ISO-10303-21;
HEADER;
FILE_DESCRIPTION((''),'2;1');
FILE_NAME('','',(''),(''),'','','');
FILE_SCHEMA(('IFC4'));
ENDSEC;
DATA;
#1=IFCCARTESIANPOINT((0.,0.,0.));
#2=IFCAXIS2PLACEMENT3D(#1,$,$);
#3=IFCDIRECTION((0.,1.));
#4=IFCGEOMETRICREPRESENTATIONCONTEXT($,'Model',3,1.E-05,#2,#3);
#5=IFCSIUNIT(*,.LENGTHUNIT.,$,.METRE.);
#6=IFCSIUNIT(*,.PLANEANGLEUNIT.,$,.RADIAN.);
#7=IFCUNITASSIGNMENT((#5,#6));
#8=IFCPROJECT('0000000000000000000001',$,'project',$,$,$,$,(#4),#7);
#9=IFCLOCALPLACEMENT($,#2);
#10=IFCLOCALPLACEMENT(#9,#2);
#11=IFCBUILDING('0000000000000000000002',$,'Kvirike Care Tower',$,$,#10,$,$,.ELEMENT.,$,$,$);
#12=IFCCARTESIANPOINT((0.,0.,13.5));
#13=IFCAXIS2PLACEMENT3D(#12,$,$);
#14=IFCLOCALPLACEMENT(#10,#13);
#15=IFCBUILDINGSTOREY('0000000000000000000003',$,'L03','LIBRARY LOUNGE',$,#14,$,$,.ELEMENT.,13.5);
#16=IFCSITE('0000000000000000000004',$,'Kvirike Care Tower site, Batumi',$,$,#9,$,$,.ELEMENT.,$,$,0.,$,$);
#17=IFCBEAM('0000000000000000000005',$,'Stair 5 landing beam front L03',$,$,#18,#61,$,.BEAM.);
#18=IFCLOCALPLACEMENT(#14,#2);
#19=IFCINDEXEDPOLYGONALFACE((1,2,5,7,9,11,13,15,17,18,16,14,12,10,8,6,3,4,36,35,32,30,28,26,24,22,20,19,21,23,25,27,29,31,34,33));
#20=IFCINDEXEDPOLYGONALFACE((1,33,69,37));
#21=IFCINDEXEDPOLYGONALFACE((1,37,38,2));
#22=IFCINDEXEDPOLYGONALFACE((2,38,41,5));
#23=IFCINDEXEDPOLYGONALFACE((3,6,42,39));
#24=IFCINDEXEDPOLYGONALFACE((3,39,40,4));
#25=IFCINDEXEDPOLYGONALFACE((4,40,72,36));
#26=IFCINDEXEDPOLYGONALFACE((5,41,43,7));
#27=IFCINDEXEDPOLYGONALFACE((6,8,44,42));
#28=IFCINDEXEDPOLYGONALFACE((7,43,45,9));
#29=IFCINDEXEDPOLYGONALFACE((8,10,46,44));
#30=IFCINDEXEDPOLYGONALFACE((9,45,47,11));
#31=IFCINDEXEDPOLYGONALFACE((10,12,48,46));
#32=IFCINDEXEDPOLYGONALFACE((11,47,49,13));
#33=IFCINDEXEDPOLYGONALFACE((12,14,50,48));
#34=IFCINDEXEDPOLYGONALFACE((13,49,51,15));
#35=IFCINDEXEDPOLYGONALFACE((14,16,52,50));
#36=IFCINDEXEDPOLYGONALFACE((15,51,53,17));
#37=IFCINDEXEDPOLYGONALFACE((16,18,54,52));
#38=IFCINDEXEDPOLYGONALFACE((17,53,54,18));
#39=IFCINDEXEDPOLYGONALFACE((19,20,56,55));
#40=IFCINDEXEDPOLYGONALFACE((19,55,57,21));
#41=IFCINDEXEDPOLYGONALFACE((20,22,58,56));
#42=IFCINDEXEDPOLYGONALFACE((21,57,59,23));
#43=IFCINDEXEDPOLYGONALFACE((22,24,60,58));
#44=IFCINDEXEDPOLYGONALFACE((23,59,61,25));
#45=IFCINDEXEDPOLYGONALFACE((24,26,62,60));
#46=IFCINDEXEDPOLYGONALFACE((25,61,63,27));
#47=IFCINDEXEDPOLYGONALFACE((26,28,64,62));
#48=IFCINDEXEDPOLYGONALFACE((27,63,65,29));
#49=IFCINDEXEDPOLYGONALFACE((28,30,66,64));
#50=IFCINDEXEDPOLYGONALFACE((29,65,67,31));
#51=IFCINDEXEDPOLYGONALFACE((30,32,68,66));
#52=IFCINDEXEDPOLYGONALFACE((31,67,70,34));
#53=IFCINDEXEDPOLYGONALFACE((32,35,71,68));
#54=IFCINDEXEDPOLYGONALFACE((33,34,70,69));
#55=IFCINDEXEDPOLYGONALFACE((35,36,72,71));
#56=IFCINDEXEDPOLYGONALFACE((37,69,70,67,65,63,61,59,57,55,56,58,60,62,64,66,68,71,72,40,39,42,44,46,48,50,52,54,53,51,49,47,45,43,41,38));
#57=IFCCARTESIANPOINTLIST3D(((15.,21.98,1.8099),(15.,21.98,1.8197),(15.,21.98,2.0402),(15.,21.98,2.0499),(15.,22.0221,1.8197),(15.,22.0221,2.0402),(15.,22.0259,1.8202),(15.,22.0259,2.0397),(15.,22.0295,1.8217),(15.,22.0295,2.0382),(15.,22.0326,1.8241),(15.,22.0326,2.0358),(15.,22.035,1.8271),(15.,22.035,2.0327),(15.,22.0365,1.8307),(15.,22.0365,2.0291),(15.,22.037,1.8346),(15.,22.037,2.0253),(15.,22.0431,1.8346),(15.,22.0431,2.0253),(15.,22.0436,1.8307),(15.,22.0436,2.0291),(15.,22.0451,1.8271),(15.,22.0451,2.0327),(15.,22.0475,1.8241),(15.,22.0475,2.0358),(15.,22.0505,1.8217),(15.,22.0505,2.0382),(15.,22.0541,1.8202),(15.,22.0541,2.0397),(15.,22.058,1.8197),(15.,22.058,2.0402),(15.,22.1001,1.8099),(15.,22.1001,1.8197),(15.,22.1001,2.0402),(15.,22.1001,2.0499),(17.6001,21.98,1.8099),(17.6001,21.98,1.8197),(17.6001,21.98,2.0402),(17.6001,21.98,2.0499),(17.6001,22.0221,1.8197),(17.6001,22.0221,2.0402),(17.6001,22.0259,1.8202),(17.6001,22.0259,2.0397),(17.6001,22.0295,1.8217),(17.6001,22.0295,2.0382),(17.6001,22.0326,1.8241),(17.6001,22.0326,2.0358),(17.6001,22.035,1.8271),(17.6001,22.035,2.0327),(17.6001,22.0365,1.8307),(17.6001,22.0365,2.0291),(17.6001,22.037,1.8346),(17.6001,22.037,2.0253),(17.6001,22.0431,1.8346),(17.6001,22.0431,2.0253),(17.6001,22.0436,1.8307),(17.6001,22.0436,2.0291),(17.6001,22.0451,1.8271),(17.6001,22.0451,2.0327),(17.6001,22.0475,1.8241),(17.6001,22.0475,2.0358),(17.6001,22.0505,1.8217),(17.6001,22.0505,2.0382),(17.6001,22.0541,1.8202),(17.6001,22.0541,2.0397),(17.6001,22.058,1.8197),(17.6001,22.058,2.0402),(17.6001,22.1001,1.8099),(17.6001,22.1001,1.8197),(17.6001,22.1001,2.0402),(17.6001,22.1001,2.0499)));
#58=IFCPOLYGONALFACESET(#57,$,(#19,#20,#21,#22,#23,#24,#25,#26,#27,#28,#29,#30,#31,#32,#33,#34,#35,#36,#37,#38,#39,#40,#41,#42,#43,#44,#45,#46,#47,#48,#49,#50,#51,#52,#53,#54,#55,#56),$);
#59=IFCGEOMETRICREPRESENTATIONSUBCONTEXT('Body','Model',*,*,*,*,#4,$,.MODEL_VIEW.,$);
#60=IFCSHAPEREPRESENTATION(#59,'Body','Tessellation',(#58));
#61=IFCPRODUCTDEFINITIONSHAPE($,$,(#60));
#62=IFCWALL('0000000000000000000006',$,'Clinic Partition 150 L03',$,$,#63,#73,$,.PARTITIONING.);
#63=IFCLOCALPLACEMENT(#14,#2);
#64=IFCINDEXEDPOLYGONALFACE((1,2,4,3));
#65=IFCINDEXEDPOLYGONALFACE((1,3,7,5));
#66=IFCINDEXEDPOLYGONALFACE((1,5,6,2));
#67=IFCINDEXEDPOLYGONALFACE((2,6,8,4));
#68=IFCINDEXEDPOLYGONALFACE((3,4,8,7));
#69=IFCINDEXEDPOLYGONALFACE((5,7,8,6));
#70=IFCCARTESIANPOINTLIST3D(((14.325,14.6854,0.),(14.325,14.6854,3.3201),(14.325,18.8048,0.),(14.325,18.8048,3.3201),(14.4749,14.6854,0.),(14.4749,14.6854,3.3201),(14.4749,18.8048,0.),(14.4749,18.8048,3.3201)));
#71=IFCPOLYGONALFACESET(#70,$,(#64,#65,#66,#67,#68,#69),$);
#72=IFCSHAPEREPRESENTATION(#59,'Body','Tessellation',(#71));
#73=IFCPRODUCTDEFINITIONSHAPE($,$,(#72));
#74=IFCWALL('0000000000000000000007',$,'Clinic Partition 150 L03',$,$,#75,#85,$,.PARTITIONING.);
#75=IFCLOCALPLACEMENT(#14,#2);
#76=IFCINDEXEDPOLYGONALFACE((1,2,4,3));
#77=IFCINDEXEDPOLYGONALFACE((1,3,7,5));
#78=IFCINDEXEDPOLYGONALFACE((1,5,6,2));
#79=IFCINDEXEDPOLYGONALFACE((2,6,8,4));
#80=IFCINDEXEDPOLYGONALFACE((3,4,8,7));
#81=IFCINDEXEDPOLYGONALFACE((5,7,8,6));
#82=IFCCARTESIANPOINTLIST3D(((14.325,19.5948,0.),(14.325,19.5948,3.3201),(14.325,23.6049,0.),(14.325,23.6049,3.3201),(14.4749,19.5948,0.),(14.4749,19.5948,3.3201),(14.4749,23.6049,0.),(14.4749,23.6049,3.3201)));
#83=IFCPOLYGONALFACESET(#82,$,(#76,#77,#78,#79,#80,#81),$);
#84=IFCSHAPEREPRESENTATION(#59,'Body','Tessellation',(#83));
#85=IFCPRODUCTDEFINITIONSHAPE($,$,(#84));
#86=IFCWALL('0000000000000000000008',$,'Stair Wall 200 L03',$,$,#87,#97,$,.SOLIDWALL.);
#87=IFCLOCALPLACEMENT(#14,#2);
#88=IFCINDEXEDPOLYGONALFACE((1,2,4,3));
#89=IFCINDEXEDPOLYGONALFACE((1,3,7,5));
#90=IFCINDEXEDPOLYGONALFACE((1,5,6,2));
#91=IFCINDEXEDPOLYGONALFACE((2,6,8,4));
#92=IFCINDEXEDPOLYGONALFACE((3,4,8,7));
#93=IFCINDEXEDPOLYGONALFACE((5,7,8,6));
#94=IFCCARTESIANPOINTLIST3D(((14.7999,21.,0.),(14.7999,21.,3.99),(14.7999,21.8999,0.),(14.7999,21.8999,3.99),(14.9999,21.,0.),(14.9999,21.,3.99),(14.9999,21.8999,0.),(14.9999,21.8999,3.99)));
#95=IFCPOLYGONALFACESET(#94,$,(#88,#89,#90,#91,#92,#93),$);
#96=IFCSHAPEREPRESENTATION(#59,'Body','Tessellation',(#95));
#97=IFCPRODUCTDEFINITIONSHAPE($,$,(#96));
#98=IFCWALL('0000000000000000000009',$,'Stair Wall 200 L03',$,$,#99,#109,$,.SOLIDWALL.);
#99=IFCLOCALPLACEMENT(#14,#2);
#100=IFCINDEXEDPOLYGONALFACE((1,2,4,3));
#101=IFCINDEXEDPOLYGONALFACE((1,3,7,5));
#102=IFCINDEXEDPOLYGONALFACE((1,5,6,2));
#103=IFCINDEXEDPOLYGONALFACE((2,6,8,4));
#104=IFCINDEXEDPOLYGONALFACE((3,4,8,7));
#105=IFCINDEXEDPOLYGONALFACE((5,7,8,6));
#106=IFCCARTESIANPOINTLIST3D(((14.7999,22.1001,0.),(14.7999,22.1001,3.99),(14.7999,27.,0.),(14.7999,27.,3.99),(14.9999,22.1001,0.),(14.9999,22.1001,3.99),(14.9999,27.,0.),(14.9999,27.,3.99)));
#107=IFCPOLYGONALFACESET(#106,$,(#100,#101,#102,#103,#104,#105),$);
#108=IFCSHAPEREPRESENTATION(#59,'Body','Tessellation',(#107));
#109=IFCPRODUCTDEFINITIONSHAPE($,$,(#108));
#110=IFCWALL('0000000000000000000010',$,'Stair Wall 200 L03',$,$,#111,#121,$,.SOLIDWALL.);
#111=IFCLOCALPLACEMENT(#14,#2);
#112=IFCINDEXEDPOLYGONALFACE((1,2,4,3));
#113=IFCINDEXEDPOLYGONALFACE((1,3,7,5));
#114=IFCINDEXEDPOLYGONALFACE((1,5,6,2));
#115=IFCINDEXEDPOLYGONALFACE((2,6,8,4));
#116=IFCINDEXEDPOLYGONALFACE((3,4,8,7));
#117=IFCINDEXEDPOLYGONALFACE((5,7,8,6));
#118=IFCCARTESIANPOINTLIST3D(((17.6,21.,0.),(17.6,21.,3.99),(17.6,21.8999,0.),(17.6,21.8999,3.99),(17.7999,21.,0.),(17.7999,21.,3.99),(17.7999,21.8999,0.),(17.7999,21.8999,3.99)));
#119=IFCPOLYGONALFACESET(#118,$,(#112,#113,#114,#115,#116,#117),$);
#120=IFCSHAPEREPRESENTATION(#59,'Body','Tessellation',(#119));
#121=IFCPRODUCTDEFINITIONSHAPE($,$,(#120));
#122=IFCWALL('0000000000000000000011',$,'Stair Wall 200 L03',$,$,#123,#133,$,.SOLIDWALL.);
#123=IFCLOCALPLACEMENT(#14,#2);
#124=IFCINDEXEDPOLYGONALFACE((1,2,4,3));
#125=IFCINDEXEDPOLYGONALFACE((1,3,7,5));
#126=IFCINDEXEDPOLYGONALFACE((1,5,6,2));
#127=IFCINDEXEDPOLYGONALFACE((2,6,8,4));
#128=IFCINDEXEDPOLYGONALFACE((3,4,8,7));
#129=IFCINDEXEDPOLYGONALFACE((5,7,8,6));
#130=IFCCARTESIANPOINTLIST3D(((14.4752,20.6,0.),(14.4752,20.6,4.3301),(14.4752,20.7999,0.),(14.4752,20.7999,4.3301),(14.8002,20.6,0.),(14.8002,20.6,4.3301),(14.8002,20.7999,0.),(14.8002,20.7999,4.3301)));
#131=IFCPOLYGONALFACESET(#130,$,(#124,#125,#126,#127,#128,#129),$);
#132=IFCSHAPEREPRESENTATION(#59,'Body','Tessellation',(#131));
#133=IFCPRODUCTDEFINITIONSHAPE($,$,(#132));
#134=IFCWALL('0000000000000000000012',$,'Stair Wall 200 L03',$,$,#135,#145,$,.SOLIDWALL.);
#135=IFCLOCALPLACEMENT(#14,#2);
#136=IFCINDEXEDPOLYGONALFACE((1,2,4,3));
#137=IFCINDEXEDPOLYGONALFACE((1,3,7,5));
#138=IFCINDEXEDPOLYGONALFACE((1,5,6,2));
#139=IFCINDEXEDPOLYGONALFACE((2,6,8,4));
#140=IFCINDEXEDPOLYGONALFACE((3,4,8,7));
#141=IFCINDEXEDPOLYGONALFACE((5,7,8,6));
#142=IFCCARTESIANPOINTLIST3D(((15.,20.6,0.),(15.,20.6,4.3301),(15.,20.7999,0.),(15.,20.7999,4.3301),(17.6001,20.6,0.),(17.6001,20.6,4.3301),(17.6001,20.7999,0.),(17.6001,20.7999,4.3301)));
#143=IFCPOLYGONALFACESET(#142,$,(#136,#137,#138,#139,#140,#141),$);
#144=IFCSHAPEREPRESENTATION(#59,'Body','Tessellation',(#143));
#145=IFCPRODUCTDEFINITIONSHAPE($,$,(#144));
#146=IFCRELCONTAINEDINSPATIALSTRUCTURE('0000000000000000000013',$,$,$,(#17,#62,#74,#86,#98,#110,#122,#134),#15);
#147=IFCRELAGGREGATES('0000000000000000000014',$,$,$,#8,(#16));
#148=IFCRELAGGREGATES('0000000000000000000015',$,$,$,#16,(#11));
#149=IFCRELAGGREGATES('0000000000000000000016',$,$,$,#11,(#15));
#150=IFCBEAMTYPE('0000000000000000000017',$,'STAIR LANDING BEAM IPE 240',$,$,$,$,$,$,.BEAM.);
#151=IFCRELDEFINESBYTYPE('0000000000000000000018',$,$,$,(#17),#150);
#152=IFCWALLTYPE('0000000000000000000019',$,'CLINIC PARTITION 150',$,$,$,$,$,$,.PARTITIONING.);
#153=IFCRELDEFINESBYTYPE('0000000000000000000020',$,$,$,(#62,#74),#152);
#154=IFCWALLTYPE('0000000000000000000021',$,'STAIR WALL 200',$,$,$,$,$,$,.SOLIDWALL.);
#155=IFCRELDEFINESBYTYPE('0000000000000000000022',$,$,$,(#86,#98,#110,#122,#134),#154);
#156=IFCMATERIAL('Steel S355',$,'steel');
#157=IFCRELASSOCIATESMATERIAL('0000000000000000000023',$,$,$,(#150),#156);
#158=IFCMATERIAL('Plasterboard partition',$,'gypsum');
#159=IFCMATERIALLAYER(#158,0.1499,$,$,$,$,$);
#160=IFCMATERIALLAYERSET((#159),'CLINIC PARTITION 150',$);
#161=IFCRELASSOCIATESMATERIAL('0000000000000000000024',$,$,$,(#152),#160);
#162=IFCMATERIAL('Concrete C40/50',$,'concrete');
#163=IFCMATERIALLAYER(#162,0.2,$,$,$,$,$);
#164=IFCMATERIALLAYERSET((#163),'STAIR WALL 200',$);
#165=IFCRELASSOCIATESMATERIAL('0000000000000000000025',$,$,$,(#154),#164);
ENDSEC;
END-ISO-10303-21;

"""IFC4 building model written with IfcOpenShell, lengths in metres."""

from ifc_helpers import new_model, si_unit, direction, frame, frame_2d, origin, origin_2d, place, context, subcontext, project, spatial, rectangle, i_section, extrude, material, layer, layer_set, material_profile, profile_set, type_object, element, save


model = new_model("IFC4")

# Units and contexts
model_context = context("Model", 3, precision=1e-05, world=origin(), true_north=direction((0.0, 1.0)))
body_context = subcontext(model_context, "Body", "Model", "MODEL_VIEW")
ifc_project = project(units=[si_unit("LENGTHUNIT", "METRE"), si_unit("PLANEANGLEUNIT", "RADIAN")], contexts=[model_context])

# Site, building, storey
site_placement = place(None, origin())
site = spatial("IfcSite", under=ifc_project, at=site_placement, Name="Kvirike Care Tower site, Batumi", CompositionType="ELEMENT", RefElevation=0.0)
building_placement = place(site_placement, origin())
building = spatial("IfcBuilding", under=site, at=building_placement, Name="Kvirike Care Tower", CompositionType="ELEMENT")
storey_placement = place(building_placement, frame((0.0, 0.0, 13.5)))
storey = spatial("IfcBuildingStorey", under=building, at=storey_placement, Name="L03", Description="LIBRARY LOUNGE", CompositionType="ELEMENT", Elevation=13.5)

# Beam
ifc_material_1 = material(Name="Steel S355", Category="steel")
ifc_material_profile_1 = material_profile(ifc_material_1, i_section(OverallWidth=0.1201, OverallDepth=0.24, WebThickness=0.0061, FlangeThickness=0.0098, FilletRadius=0.0149, at=origin_2d()), Name="IPE 240")
ifc_profile_set_1 = profile_set([ifc_material_profile_1], Name="Steel S355")
beam_type_1 = type_object("IfcBeamType", Name="STAIR LANDING BEAM IPE 240", PredefinedType="BEAM", material=ifc_profile_set_1)
for number, where, z_axis, x_axis, name in (
    (1, (15.0, 22.04, 1.9299), (1.0, 0.0, 0.0), (0.0, 1.0, 0.0), "Stair 5 landing beam front L03"),
):
    element("IfcBeam", number, at=place(storey_placement, frame(where, z_axis=z_axis, x_axis=x_axis)), inside=storey, type_object=beam_type_1, Name=name, PredefinedType="BEAM", context=body_context, shape_type="SweptSolid", body=[
        extrude(i_section(OverallWidth=0.1201, OverallDepth=0.24, WebThickness=0.0061, FlangeThickness=0.0098, FilletRadius=0.0149, at=origin_2d()), origin(), (0.0, 0.0, 1.0), 2.6001),
    ])

# Walls
ifc_material_2 = material(Name="Plasterboard partition", Category="gypsum")
ifc_layer_1 = layer(ifc_material_2, 0.1499)
ifc_layer_set_1 = layer_set([ifc_layer_1], Name="CLINIC PARTITION 150")
wall_type_1 = type_object("IfcWallType", Name="CLINIC PARTITION 150", PredefinedType="PARTITIONING", material=ifc_layer_set_1)
wall_1_placement = place(storey_placement, frame((14.3999, 14.6855, 0.0), z_axis=(0.0, 0.0, 1.0), x_axis=(0.0, 1.0, 0.0)))
element("IfcWall", 2, at=wall_1_placement, inside=storey, type_object=wall_type_1, Name="Clinic Partition 150 L03", PredefinedType="PARTITIONING", context=body_context, shape_type="SweptSolid", body=[
    extrude(rectangle(XDim=4.1194, YDim=0.1499, at=frame_2d((2.0596, 0.0))), origin(), (0.0, 0.0, 1.0), 3.3201),
])
wall_2_placement = place(storey_placement, frame((14.3999, 19.595, 0.0), z_axis=(0.0, 0.0, 1.0), x_axis=(0.0, 1.0, 0.0)))
element("IfcWall", 3, at=wall_2_placement, inside=storey, type_object=wall_type_1, Name="Clinic Partition 150 L03", PredefinedType="PARTITIONING", context=body_context, shape_type="SweptSolid", body=[
    extrude(rectangle(XDim=4.01, YDim=0.1499, at=frame_2d((2.0049, 0.0))), origin(), (0.0, 0.0, 1.0), 3.3201),
])
ifc_material_3 = material(Name="Concrete C40/50", Category="concrete")
ifc_layer_2 = layer(ifc_material_3, 0.2)
ifc_layer_set_2 = layer_set([ifc_layer_2], Name="STAIR WALL 200")
wall_type_2 = type_object("IfcWallType", Name="STAIR WALL 200", PredefinedType="SOLIDWALL", material=ifc_layer_set_2)
wall_3_placement = place(storey_placement, frame((14.8999, 21.0, 0.0), z_axis=(0.0, 0.0, 1.0), x_axis=(0.0, 1.0, 0.0)))
element("IfcWall", 4, at=wall_3_placement, inside=storey, type_object=wall_type_2, Name="Stair Wall 200 L03", PredefinedType="SOLIDWALL", context=body_context, shape_type="SweptSolid", body=[
    extrude(rectangle(XDim=0.8999, YDim=0.2, at=frame_2d((0.45, 0.0))), origin(), (0.0, 0.0, 1.0), 3.99),
])
wall_4_placement = place(storey_placement, frame((14.8999, 22.1001, 0.0), z_axis=(0.0, 0.0, 1.0), x_axis=(0.0, 1.0, 0.0)))
element("IfcWall", 5, at=wall_4_placement, inside=storey, type_object=wall_type_2, Name="Stair Wall 200 L03", PredefinedType="SOLIDWALL", context=body_context, shape_type="SweptSolid", body=[
    extrude(rectangle(XDim=4.8999, YDim=0.2, at=frame_2d((2.45, 0.0))), origin(), (0.0, 0.0, 1.0), 3.99),
])
wall_5_placement = place(storey_placement, frame((17.7, 21.0, 0.0), z_axis=(0.0, 0.0, 1.0), x_axis=(0.0, 1.0, 0.0)))
element("IfcWall", 6, at=wall_5_placement, inside=storey, type_object=wall_type_2, Name="Stair Wall 200 L03", PredefinedType="SOLIDWALL", context=body_context, shape_type="SweptSolid", body=[
    extrude(rectangle(XDim=0.8999, YDim=0.2, at=frame_2d((0.45, 0.0))), origin(), (0.0, 0.0, 1.0), 3.99),
])
wall_6_placement = place(storey_placement, frame((14.4751, 20.7, 0.0), z_axis=(0.0, 0.0, 1.0), x_axis=(1.0, 0.0, 0.0)))
element("IfcWall", 7, at=wall_6_placement, inside=storey, type_object=wall_type_2, Name="Stair Wall 200 L03", PredefinedType="SOLIDWALL", context=body_context, shape_type="SweptSolid", body=[
    extrude(rectangle(XDim=0.325, YDim=0.2, at=frame_2d((0.1626, 0.0))), origin(), (0.0, 0.0, 1.0), 4.3301),
])
wall_7_placement = place(storey_placement, frame((15.0, 20.7, 0.0), z_axis=(0.0, 0.0, 1.0), x_axis=(1.0, 0.0, 0.0)))
element("IfcWall", 8, at=wall_7_placement, inside=storey, type_object=wall_type_2, Name="Stair Wall 200 L03", PredefinedType="SOLIDWALL", context=body_context, shape_type="SweptSolid", body=[
    extrude(rectangle(XDim=2.6001, YDim=0.2, at=frame_2d((1.3, 0.0))), origin(), (0.0, 0.0, 1.0), 4.3301),
])

save(model, "model.ifc")
